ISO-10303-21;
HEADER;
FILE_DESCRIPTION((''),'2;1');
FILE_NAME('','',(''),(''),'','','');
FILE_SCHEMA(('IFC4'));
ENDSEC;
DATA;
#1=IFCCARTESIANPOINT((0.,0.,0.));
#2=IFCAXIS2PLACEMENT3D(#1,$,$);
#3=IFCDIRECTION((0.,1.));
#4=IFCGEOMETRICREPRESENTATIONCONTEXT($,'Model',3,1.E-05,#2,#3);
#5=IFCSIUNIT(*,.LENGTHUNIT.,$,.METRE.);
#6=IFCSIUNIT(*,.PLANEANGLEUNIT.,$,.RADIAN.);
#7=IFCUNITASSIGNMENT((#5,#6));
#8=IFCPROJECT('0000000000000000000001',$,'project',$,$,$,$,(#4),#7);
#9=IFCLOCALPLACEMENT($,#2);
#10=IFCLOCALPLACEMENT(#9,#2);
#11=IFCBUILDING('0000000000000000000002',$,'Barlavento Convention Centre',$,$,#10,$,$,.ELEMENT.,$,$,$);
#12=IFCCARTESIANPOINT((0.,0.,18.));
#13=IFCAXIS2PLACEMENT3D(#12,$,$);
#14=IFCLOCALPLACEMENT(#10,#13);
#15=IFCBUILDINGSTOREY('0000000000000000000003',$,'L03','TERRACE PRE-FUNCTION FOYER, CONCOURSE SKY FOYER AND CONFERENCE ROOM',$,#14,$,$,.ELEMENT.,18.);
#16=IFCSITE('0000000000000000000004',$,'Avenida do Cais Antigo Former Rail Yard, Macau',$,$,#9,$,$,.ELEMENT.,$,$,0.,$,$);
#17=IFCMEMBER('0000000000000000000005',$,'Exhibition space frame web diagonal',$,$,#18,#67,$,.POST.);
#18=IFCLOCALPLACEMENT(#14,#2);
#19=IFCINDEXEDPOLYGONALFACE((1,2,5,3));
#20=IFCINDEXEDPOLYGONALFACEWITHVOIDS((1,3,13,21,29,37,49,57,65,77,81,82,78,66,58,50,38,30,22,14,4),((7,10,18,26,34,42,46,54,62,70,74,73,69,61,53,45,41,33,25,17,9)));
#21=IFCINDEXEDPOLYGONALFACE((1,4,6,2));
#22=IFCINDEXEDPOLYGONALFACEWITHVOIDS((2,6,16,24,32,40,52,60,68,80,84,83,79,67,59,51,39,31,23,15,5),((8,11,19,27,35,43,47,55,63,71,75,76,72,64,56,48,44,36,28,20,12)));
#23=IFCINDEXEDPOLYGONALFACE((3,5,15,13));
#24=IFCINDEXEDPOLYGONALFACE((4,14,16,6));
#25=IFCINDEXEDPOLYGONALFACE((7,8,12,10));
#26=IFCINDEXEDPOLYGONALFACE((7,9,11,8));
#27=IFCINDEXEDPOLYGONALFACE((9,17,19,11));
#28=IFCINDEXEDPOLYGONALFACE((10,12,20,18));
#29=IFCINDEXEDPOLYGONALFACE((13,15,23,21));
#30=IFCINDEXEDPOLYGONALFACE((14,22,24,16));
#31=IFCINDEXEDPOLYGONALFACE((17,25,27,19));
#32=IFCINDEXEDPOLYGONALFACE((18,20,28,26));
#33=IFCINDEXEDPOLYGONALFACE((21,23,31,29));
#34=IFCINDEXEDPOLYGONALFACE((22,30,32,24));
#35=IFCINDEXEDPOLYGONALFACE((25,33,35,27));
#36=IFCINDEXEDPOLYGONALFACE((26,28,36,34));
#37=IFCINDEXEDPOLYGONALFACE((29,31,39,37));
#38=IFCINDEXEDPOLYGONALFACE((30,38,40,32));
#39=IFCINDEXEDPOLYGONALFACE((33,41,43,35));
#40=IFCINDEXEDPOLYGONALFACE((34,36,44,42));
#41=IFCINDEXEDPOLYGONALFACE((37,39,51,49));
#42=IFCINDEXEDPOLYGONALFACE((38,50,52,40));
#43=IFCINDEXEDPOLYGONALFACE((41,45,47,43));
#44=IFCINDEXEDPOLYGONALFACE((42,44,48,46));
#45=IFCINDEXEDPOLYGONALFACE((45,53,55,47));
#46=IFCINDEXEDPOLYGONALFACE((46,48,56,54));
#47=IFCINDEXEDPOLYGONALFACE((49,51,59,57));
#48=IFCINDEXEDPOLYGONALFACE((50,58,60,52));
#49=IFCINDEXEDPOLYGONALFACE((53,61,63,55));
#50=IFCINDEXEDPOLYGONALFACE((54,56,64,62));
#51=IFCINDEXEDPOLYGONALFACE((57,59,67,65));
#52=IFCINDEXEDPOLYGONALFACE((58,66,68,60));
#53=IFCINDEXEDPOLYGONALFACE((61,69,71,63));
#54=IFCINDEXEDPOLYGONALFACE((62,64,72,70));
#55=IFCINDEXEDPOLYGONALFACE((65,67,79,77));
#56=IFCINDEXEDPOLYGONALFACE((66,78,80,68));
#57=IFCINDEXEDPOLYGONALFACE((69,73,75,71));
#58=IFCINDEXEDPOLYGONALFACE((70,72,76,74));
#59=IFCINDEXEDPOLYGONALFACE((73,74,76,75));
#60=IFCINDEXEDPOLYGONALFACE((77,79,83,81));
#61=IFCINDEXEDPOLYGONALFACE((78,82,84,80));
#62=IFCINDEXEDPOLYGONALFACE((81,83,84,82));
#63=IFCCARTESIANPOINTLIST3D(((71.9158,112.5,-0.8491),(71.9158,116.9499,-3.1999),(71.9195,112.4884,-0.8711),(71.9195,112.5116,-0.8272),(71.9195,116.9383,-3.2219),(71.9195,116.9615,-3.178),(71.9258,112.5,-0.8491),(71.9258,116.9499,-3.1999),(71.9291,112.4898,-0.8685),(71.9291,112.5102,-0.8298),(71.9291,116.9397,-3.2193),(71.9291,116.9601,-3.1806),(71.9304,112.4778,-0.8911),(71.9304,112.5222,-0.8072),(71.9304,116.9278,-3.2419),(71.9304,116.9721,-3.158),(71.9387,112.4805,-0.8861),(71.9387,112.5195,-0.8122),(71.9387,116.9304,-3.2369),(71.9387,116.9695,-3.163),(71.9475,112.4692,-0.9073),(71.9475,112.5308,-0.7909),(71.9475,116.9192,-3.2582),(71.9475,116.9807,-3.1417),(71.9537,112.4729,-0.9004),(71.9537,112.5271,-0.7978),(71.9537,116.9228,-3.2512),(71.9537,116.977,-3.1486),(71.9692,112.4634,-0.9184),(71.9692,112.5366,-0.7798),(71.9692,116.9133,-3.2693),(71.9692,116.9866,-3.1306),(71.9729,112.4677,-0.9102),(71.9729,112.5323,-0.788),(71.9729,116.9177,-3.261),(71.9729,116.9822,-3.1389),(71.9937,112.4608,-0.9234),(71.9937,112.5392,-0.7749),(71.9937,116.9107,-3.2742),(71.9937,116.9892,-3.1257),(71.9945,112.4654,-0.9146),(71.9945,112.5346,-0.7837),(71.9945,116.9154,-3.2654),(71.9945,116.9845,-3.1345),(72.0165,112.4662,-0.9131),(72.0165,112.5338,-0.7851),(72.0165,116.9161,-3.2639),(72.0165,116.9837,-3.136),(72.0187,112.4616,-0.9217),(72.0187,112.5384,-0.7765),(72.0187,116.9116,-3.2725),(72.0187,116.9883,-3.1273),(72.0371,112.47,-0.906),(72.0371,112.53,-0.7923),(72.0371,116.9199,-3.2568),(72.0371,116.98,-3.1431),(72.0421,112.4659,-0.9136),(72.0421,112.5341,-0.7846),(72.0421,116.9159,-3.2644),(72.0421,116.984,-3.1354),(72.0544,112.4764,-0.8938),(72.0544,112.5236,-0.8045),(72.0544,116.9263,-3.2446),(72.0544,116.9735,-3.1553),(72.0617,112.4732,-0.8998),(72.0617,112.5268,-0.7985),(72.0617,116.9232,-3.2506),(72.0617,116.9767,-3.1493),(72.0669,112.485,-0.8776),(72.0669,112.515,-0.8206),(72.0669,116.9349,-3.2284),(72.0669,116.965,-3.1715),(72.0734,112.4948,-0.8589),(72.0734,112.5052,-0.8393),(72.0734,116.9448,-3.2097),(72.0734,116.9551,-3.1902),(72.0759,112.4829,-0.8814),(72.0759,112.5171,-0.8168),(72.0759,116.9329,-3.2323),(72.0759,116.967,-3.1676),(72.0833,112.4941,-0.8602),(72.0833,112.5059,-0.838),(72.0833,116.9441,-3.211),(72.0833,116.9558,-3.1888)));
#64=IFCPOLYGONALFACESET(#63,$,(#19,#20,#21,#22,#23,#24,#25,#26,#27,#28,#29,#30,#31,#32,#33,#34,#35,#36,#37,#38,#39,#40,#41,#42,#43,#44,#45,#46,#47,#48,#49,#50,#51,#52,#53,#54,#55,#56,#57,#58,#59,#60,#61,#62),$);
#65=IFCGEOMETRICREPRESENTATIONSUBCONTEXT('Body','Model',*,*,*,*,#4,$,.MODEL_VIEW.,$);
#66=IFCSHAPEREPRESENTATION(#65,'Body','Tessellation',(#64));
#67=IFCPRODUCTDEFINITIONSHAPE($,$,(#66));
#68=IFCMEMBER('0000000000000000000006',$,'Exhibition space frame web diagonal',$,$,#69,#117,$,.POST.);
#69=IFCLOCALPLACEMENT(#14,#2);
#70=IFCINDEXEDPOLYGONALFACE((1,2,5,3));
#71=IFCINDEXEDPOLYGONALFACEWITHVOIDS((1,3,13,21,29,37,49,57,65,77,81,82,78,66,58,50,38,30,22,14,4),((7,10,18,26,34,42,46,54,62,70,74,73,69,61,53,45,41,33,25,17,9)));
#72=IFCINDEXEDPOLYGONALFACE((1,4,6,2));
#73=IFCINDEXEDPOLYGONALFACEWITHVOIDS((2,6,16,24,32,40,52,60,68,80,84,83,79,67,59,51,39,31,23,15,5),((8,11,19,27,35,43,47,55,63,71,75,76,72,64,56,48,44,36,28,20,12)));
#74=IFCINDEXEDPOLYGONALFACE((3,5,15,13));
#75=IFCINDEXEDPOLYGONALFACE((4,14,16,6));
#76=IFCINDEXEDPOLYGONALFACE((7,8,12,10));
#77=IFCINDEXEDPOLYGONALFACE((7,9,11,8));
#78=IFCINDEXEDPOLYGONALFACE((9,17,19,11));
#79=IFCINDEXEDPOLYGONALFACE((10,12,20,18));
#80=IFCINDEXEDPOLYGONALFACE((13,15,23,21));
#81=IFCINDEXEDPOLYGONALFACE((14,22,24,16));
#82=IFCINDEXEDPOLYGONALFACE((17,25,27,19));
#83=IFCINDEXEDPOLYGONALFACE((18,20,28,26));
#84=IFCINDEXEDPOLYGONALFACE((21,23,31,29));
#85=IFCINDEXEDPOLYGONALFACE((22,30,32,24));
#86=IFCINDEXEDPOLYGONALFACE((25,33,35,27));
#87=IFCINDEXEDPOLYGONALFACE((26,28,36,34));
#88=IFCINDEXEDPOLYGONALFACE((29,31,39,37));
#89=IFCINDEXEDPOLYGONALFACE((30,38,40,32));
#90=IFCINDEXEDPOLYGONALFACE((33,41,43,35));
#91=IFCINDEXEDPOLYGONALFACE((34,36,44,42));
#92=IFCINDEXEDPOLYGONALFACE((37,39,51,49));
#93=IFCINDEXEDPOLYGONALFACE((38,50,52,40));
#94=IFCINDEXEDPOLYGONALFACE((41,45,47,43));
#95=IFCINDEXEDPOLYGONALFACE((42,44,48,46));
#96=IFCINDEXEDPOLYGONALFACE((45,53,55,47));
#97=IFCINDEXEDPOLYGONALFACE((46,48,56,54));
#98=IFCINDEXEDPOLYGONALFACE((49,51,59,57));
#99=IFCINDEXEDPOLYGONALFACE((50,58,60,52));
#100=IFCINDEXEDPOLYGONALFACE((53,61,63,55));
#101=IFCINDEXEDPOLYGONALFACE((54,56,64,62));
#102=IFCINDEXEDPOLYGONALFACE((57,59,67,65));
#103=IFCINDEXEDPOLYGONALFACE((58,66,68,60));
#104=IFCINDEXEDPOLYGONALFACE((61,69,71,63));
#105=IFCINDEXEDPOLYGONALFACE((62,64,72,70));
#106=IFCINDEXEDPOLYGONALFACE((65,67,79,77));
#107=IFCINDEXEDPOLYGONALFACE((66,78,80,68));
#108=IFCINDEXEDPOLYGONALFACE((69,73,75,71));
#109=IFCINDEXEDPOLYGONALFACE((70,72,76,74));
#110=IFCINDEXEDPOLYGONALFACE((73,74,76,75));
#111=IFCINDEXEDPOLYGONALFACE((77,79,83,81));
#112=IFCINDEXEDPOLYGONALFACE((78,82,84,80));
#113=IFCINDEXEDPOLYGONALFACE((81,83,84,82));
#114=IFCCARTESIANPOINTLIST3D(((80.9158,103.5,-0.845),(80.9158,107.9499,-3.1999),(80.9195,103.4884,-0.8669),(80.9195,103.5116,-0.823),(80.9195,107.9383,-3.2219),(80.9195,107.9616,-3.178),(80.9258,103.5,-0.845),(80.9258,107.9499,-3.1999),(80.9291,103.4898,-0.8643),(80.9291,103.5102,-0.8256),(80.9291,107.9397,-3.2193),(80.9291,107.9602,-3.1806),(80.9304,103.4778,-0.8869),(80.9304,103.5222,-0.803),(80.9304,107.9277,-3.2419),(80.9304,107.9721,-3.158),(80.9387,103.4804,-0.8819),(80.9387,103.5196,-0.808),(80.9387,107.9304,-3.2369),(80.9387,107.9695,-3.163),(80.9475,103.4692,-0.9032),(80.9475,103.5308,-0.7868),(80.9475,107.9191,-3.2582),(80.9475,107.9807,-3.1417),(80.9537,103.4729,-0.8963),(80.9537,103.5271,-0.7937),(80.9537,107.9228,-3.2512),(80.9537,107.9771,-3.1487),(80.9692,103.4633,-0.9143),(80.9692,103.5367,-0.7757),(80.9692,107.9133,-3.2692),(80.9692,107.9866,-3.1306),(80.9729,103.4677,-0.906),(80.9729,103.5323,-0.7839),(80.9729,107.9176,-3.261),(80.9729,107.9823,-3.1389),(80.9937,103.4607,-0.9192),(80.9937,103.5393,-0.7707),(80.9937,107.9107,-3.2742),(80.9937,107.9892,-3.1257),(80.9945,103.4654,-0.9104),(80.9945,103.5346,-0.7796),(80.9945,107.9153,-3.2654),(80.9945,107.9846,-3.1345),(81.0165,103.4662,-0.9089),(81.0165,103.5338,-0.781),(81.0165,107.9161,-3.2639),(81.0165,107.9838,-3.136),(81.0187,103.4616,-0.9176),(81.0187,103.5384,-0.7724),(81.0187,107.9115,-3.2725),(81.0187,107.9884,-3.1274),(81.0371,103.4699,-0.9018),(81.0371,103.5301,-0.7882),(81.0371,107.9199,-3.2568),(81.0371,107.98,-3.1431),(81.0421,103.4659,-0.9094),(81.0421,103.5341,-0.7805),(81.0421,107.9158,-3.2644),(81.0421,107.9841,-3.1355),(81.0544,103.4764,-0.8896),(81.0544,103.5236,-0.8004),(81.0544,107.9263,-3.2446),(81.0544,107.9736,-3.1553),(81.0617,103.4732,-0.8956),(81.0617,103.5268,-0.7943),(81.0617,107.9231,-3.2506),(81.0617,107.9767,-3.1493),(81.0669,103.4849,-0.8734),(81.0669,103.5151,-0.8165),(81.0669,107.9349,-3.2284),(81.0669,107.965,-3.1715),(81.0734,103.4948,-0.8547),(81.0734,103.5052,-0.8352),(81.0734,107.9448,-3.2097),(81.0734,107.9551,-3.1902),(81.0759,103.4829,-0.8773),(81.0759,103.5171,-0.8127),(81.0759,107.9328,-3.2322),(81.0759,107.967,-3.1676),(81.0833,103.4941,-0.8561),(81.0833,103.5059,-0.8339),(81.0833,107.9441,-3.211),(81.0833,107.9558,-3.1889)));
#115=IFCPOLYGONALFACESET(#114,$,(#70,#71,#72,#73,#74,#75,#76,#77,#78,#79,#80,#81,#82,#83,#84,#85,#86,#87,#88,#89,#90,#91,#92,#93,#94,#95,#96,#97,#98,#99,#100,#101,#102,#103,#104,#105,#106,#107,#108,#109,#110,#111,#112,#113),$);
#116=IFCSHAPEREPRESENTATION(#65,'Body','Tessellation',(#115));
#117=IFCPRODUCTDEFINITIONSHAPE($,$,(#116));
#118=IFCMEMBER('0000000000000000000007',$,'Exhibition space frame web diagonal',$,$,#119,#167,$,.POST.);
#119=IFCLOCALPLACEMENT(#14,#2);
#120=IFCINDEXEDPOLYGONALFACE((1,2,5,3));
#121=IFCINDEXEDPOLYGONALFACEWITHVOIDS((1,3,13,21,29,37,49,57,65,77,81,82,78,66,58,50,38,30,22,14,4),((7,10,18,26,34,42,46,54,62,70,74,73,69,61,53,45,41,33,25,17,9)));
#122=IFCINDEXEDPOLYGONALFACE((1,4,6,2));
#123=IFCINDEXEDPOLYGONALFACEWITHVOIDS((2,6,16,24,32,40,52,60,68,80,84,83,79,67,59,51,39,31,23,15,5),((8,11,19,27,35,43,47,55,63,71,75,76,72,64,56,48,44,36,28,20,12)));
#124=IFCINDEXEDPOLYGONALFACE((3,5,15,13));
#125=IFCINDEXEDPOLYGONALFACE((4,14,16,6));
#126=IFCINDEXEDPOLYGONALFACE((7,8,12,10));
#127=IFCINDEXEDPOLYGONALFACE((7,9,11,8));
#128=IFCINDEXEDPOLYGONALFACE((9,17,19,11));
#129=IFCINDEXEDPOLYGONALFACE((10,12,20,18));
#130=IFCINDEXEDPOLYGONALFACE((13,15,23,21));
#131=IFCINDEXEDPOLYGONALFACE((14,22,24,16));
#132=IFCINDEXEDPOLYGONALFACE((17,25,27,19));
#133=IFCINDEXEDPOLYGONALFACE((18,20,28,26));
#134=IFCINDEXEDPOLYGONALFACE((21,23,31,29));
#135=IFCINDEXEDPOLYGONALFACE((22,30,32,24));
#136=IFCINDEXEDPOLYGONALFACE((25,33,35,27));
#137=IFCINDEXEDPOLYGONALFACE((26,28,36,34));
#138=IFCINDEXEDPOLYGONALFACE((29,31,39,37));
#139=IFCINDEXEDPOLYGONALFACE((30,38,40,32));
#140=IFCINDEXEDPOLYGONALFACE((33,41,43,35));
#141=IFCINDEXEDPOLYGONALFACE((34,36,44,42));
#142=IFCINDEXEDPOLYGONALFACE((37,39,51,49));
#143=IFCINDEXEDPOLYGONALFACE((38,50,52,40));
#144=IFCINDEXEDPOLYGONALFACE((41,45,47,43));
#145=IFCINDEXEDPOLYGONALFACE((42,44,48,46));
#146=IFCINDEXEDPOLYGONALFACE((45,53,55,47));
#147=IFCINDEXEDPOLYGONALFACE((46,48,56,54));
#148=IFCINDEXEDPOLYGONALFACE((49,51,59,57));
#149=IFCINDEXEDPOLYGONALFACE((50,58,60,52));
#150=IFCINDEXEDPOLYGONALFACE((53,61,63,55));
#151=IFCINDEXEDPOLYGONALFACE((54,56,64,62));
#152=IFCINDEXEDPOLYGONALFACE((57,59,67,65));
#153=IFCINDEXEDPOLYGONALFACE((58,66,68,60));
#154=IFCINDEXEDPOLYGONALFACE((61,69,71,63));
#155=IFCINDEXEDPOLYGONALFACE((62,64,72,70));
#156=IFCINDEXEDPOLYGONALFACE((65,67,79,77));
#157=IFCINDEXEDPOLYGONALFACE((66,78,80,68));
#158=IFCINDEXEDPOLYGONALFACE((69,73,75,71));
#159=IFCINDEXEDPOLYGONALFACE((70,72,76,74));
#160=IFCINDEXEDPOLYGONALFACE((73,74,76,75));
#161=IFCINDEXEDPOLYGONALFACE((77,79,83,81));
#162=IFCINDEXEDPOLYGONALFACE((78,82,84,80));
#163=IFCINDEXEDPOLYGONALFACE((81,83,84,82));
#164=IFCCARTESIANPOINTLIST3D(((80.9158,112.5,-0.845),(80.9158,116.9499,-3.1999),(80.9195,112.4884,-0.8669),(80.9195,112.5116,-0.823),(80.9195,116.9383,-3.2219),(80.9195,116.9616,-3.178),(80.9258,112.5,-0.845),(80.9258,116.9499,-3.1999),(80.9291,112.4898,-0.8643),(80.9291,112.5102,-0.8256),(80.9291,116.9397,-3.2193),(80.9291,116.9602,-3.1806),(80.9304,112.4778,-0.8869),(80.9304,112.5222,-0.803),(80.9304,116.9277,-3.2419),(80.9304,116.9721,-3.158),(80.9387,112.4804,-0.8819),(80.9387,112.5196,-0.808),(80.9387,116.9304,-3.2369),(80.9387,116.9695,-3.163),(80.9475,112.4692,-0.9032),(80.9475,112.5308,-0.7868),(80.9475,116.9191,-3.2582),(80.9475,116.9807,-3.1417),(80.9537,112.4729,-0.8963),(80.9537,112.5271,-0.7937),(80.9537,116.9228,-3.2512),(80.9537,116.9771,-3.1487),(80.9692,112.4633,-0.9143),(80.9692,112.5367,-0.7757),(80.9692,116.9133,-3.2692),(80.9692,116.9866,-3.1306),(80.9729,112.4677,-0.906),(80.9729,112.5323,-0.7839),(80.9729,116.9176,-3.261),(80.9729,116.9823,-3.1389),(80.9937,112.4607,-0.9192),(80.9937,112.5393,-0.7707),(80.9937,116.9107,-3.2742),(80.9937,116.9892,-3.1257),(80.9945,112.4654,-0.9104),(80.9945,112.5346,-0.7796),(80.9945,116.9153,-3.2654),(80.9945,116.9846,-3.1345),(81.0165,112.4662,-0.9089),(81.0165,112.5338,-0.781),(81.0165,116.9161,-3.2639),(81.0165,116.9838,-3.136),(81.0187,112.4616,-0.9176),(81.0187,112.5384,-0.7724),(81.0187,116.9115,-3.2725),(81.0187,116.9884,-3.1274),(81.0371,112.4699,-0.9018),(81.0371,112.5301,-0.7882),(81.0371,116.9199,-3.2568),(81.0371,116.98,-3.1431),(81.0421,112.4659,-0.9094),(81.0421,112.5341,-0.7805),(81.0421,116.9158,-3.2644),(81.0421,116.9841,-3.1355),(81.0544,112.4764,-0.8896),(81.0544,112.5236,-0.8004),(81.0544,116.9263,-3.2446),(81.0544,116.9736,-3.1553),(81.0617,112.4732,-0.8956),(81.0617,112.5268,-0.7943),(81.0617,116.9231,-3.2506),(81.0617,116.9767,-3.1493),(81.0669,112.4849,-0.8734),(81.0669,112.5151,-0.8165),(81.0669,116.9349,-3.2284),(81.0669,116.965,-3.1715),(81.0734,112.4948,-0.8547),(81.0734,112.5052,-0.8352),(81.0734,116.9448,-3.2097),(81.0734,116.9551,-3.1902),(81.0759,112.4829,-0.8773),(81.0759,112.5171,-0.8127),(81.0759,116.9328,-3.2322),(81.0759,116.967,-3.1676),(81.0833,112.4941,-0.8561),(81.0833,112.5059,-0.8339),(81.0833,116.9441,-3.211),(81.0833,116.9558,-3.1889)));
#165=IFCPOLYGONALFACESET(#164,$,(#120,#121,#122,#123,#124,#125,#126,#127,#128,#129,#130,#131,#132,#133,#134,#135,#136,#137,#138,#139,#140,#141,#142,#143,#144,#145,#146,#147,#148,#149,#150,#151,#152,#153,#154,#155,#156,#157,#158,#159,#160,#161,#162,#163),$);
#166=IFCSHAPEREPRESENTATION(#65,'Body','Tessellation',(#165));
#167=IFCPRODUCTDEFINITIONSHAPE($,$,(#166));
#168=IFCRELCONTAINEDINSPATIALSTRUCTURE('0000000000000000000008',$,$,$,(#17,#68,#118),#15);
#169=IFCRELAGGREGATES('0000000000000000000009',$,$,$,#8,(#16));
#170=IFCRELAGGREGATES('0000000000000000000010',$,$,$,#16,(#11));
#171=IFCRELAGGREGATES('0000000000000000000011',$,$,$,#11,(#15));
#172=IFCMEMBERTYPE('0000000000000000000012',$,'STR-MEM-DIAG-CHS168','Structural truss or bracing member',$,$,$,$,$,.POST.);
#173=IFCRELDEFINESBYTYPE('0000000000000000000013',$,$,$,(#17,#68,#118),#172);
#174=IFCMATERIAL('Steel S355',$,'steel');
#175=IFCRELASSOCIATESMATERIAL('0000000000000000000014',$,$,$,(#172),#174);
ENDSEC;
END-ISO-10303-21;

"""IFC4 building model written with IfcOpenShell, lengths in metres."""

from ifc_helpers import new_model, si_unit, direction, frame, origin, origin_2d, place, context, subcontext, project, spatial, hollow_circle, extrude, material, material_profile, profile_set, type_object, element, save


model = new_model("IFC4")

# Units and contexts
model_context = context("Model", 3, precision=1e-05, world=origin(), true_north=direction((0.0, 1.0)))
body_context = subcontext(model_context, "Body", "Model", "MODEL_VIEW")
ifc_project = project(units=[si_unit("LENGTHUNIT", "METRE"), si_unit("PLANEANGLEUNIT", "RADIAN")], contexts=[model_context])

# Site, building, storey
site_placement = place(None, origin())
site = spatial("IfcSite", under=ifc_project, at=site_placement, Name="Avenida do Cais Antigo Former Rail Yard, Macau", CompositionType="ELEMENT", RefElevation=0.0)
building_placement = place(site_placement, origin())
building = spatial("IfcBuilding", under=site, at=building_placement, Name="Barlavento Convention Centre", CompositionType="ELEMENT")
storey_placement = place(building_placement, frame((0.0, 0.0, 18.0)))
storey = spatial("IfcBuildingStorey", under=building, at=storey_placement, Name="L03", Description="TERRACE PRE-FUNCTION FOYER, CONCOURSE SKY FOYER AND CONFERENCE ROOM", CompositionType="ELEMENT", Elevation=18.0)

# Shared definitions
ifc_material_1 = material(Name="Steel S355", Category="steel")

# Members
ifc_material_profile_1 = material_profile(ifc_material_1, hollow_circle(Radius=0.0842, WallThickness=0.01, at=origin_2d()), Name="CHS 168.3x10.0")
ifc_profile_set_1 = profile_set([ifc_material_profile_1], Name="Steel S355")
member_type_1 = type_object("IfcMemberType", Name="STR-MEM-DIAG-CHS168", Description="Structural truss or bracing member", PredefinedType="POST", material=ifc_profile_set_1)
for number, where, z_axis, x_axis, name in (
    (1, (72.0, 112.5, -0.8491), (0.0, 0.884201, -0.467107), (-1.0, 0.0, 0.0), "Exhibition space frame web diagonal"),
):
    element("IfcMember", number, at=place(storey_placement, frame(where, z_axis=z_axis, x_axis=x_axis)), inside=storey, type_object=member_type_1, Name=name, PredefinedType="POST", context=body_context, shape_type="SweptSolid", body=[
        extrude(hollow_circle(Radius=0.0842, WallThickness=0.01, at=origin_2d()), origin(), (0.0, 0.0, 1.0), 5.0327),
    ])
for number, where, z_axis, x_axis, name in (
    (2, (81.0, 103.5, -0.845), (0.0, 0.88386, -0.467752), (-1.0, 0.0, 0.0), "Exhibition space frame web diagonal"),
    (3, (81.0, 112.5, -0.845), (0.0, 0.88386, -0.467752), (-1.0, 0.0, 0.0), "Exhibition space frame web diagonal"),
):
    element("IfcMember", number, at=place(storey_placement, frame(where, z_axis=z_axis, x_axis=x_axis)), inside=storey, type_object=member_type_1, Name=name, PredefinedType="POST", context=body_context, shape_type="SweptSolid", body=[
        extrude(hollow_circle(Radius=0.0842, WallThickness=0.01, at=origin_2d()), origin(), (0.0, 0.0, 1.0), 5.0347),
    ])

save(model, "model.ifc")
